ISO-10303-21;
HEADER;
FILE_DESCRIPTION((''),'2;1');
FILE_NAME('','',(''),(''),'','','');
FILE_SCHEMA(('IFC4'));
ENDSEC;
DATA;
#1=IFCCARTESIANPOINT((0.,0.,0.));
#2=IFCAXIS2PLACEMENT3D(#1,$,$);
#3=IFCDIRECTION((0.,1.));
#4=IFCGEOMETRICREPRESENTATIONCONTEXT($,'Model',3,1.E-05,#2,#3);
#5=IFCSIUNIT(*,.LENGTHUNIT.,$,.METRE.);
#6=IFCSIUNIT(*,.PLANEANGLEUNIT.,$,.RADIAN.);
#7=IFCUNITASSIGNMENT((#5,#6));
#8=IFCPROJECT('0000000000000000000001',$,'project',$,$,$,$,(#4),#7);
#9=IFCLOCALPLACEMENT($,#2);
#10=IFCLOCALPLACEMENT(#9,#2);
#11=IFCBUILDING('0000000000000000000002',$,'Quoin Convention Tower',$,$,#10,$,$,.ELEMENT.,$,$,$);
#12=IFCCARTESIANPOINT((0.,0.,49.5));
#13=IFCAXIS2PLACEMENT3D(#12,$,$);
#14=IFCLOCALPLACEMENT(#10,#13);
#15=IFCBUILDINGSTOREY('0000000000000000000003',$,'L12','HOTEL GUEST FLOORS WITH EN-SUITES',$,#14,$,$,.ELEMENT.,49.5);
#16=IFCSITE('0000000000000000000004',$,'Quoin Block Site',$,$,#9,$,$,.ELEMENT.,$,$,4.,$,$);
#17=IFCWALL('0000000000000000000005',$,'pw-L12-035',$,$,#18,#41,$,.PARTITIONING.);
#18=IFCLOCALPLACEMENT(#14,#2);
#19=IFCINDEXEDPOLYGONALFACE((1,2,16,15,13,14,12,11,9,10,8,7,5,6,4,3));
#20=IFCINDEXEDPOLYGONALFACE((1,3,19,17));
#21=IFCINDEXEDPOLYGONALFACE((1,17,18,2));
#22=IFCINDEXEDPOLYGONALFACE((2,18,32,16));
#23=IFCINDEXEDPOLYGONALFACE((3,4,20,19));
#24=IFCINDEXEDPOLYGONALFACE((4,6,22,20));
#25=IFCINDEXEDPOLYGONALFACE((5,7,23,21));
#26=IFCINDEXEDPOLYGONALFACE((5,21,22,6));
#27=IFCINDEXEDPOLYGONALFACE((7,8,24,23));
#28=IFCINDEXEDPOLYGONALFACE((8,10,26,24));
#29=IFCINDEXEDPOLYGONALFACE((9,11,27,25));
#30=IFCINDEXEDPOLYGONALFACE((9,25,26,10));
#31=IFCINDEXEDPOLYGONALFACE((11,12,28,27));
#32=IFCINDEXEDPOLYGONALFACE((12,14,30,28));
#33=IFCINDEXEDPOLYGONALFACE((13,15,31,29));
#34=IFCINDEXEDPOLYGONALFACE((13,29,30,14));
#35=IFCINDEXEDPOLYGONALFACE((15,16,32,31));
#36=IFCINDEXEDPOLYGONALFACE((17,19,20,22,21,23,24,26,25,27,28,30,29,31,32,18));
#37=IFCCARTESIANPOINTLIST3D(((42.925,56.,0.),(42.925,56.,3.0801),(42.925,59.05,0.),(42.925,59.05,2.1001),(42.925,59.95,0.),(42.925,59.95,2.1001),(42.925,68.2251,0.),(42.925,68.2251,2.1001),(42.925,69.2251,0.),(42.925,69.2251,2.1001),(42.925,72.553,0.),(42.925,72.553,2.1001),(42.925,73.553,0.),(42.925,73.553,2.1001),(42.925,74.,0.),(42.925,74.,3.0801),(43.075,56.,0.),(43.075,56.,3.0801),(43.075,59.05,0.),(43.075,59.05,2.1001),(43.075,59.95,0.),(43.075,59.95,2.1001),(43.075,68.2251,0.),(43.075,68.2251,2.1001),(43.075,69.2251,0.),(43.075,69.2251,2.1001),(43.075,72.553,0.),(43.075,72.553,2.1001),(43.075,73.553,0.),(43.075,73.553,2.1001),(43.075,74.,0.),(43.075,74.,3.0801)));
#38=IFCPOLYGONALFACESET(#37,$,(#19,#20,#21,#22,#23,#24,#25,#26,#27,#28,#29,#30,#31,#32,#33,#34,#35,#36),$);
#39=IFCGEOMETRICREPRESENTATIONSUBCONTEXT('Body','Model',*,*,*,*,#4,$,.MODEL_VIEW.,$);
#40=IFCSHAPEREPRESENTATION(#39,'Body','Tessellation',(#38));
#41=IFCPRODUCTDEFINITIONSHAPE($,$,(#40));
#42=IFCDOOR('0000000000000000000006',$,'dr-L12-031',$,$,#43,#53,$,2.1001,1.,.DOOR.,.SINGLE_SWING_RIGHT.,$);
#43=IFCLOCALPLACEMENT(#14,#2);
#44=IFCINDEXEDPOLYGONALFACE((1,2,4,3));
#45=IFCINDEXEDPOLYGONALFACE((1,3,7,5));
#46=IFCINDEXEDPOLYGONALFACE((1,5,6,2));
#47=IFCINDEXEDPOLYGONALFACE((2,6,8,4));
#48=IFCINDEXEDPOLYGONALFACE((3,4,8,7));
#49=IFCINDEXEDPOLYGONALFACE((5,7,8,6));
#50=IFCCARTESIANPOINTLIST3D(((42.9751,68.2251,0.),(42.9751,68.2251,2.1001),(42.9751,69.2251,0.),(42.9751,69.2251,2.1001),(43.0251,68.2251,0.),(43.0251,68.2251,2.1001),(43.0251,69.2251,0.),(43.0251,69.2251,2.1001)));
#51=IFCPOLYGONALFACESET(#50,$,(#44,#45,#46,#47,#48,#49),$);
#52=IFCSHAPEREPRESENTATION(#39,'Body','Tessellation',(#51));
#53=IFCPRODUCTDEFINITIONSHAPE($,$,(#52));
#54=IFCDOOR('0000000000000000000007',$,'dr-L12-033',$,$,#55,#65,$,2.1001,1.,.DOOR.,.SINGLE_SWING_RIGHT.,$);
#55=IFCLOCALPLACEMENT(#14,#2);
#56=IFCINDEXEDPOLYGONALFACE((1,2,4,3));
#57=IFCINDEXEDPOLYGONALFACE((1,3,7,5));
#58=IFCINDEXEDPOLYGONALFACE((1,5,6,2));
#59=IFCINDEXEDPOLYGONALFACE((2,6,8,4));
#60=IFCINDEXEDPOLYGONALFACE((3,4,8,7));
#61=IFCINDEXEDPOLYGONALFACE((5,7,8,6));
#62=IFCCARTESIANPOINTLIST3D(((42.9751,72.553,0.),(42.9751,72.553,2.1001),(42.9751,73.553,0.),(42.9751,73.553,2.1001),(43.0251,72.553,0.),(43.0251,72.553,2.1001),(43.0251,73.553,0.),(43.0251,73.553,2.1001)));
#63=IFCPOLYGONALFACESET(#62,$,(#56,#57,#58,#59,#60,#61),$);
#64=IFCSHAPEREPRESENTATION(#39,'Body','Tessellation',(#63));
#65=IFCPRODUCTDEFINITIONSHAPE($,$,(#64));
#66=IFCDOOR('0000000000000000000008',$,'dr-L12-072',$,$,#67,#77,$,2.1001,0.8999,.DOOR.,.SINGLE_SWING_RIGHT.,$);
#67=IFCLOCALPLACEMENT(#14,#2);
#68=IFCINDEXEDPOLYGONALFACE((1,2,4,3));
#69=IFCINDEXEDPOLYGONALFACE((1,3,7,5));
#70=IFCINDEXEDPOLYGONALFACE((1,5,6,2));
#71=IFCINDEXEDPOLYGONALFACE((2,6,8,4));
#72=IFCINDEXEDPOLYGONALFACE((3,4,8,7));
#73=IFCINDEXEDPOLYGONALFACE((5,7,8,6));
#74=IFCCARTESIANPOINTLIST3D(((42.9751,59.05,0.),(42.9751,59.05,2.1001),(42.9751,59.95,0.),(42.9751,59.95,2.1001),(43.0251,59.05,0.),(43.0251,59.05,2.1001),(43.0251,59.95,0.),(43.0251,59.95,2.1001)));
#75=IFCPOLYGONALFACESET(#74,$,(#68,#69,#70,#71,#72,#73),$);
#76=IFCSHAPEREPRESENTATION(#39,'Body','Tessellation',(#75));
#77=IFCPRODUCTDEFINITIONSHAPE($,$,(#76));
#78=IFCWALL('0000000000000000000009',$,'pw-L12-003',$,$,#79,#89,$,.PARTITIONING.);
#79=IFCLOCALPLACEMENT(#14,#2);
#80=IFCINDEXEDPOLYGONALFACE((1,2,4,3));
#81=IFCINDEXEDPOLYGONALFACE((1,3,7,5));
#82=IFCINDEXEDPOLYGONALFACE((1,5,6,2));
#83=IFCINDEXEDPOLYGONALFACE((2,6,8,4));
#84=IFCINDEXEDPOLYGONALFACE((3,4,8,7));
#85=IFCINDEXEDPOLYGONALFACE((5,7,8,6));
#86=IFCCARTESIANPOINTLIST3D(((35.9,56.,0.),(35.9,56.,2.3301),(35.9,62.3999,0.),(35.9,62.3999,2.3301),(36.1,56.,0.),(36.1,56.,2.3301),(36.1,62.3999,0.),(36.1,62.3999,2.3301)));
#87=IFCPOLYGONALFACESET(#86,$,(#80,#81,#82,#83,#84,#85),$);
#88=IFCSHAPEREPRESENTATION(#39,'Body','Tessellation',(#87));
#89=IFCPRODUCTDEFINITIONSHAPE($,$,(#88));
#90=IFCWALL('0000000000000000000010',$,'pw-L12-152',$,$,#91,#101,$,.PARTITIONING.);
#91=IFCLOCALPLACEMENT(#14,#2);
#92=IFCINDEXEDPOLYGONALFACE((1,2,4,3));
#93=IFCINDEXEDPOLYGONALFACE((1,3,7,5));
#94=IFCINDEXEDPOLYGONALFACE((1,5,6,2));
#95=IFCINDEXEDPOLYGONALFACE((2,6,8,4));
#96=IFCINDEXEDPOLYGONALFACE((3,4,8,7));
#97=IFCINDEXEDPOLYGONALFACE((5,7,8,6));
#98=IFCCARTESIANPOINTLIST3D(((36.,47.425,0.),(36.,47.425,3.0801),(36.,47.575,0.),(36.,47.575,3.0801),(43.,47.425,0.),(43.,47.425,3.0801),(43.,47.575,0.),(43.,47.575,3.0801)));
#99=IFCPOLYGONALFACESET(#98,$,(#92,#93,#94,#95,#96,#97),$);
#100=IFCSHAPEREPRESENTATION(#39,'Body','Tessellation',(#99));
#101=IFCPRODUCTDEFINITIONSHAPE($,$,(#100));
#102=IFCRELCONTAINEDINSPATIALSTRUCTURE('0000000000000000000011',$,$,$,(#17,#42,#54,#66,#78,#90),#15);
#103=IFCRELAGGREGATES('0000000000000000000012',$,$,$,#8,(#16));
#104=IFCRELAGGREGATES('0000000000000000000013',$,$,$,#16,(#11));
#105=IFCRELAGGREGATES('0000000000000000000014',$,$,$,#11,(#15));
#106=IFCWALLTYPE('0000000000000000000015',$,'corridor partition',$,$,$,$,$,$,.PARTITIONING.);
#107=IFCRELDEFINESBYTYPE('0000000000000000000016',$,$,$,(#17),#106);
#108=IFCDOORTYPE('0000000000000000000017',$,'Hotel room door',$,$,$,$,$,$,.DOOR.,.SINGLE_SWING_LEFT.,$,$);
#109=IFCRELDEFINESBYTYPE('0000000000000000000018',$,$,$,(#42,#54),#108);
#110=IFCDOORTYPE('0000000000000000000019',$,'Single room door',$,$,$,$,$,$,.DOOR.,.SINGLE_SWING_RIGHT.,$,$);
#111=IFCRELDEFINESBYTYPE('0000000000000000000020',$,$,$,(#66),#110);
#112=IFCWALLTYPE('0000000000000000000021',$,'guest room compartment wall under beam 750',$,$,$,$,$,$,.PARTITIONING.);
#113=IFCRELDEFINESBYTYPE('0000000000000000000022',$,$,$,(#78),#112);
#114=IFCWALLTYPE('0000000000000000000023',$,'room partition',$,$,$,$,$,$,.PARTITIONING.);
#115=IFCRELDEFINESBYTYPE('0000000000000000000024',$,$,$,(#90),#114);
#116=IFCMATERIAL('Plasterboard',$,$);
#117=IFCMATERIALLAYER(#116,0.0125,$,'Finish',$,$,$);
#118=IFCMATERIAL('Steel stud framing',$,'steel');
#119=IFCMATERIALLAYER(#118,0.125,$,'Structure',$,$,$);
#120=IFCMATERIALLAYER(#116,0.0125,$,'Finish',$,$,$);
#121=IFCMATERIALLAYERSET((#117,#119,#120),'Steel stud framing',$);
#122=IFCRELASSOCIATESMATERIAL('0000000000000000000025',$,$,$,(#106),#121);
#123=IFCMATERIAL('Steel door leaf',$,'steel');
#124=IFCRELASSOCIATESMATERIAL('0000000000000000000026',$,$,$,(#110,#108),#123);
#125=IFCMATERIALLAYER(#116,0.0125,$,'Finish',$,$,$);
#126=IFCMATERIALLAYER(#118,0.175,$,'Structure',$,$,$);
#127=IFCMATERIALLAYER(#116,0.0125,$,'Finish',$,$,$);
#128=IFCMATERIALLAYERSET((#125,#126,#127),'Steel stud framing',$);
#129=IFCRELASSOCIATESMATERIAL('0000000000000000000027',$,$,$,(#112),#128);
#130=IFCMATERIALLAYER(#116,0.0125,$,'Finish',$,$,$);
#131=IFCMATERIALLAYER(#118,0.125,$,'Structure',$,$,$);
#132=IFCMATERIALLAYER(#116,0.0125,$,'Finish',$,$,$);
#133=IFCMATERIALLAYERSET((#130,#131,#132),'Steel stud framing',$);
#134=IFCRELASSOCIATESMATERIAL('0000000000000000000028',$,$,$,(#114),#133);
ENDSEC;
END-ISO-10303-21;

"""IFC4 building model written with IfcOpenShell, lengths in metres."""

from ifc_helpers import new_model, si_unit, direction, frame, frame_2d, origin, place, context, subcontext, project, spatial, rectangle, extrude, material, layer, layer_set, type_object, element, fill, save


model = new_model("IFC4")

# Units and contexts
model_context = context("Model", 3, precision=1e-05, world=origin(), true_north=direction((0.0, 1.0)))
body_context = subcontext(model_context, "Body", "Model", "MODEL_VIEW")
ifc_project = project(units=[si_unit("LENGTHUNIT", "METRE"), si_unit("PLANEANGLEUNIT", "RADIAN")], contexts=[model_context])

# Site, building, storey
site_placement = place(None, origin())
site = spatial("IfcSite", under=ifc_project, at=site_placement, Name="Quoin Block Site", CompositionType="ELEMENT", RefElevation=4.0)
building_placement = place(site_placement, origin())
building = spatial("IfcBuilding", under=site, at=building_placement, Name="Quoin Convention Tower", CompositionType="ELEMENT")
storey_placement = place(building_placement, frame((0.0, 0.0, 49.5)))
storey = spatial("IfcBuildingStorey", under=building, at=storey_placement, Name="L12", Description="HOTEL GUEST FLOORS WITH EN-SUITES", CompositionType="ELEMENT", Elevation=49.5)

# Shared definitions
ifc_material_1 = material(Name="Plasterboard")
ifc_material_2 = material(Name="Steel stud framing", Category="steel")
ifc_material_3 = material(Name="Steel door leaf", Category="steel")

# Shared definitions
ifc_layer_1 = layer(ifc_material_1, 0.0125, Name="Finish")
ifc_layer_2 = layer(ifc_material_2, 0.125, Name="Structure")
ifc_layer_3 = layer(ifc_material_1, 0.0125, Name="Finish")
ifc_layer_set_1 = layer_set([ifc_layer_1, ifc_layer_2, ifc_layer_3], Name="Steel stud framing")
wall_type_1 = type_object("IfcWallType", Name="corridor partition", PredefinedType="PARTITIONING", material=ifc_layer_set_1)

# Shared definitions
door_type_1 = type_object("IfcDoorType", Name="Single room door", OperationType="SINGLE_SWING_RIGHT", PredefinedType="DOOR", material=ifc_material_3)

# Wall, openings, doors
wall_1_placement = place(storey_placement, frame((43.0, 56.0, 0.0), z_axis=(0.0, 0.0, 1.0), x_axis=(0.0, 1.0, 0.0)))
wall_1 = element("IfcWall", 1, at=wall_1_placement, inside=storey, type_object=wall_type_1, Name="pw-L12-035", PredefinedType="PARTITIONING", context=body_context, shape_type="SweptSolid", body=[
    extrude(rectangle(XDim=18.0, YDim=0.1499, at=frame_2d((9.0, 0.0))), origin(), (0.0, 0.0, 1.0), 3.0801),
])
opening_1_placement = place(wall_1_placement, frame((12.2251, 0.0, 0.0)))
opening_1 = element("IfcOpeningElement", 2, at=opening_1_placement, cuts=wall_1, PredefinedType="OPENING", context=body_context, shape_type="SweptSolid", body=[
    extrude(rectangle(XDim=1.0, YDim=2.1001, at=frame_2d((0.5, 1.05))), frame((0.0, 0.085, 0.0), z_axis=(0.0, -1.0, 0.0), x_axis=(1.0, 0.0, 0.0)), (0.0, 0.0, 1.0), 0.1699),
])
opening_2_placement = place(wall_1_placement, frame((16.553, 0.0, 0.0)))
opening_2 = element("IfcOpeningElement", 3, at=opening_2_placement, cuts=wall_1, PredefinedType="OPENING", context=body_context, shape_type="SweptSolid", body=[
    extrude(rectangle(XDim=1.0, YDim=2.1001, at=frame_2d((0.5, 1.05))), frame((0.0, 0.085, 0.0), z_axis=(0.0, -1.0, 0.0), x_axis=(1.0, 0.0, 0.0)), (0.0, 0.0, 1.0), 0.1699),
])
opening_3_placement = place(wall_1_placement, frame((3.05, 0.0, 0.0)))
opening_3 = element("IfcOpeningElement", 4, at=opening_3_placement, cuts=wall_1, PredefinedType="OPENING", context=body_context, shape_type="SweptSolid", body=[
    extrude(rectangle(XDim=0.8999, YDim=2.1001, at=frame_2d((0.45, 1.05))), frame((0.0, 0.085, 0.0), z_axis=(0.0, -1.0, 0.0), x_axis=(1.0, 0.0, 0.0)), (0.0, 0.0, 1.0), 0.1699),
])
door_type_2 = type_object("IfcDoorType", Name="Hotel room door", OperationType="SINGLE_SWING_LEFT", PredefinedType="DOOR", material=ifc_material_3)
door_1_placement = place(opening_1_placement, origin())
door_1 = element("IfcDoor", 5, at=door_1_placement, inside=storey, type_object=door_type_2, Name="dr-L12-031", OperationType="SINGLE_SWING_RIGHT", OverallHeight=2.1001, OverallWidth=1.0, PredefinedType="DOOR", context=body_context, shape_type="SweptSolid", body=[
    extrude(rectangle(XDim=1.0, YDim=2.1001, at=frame_2d((0.5, 1.05))), frame((0.0, 0.0249, 0.0), z_axis=(0.0, -1.0, 0.0), x_axis=(1.0, 0.0, 0.0)), (0.0, 0.0, 1.0), 0.05),
])
fill(opening_1, door_1)
door_2_placement = place(opening_2_placement, origin())
door_2 = element("IfcDoor", 6, at=door_2_placement, inside=storey, type_object=door_type_2, Name="dr-L12-033", OperationType="SINGLE_SWING_RIGHT", OverallHeight=2.1001, OverallWidth=1.0, PredefinedType="DOOR", context=body_context, shape_type="SweptSolid", body=[
    extrude(rectangle(XDim=1.0, YDim=2.1001, at=frame_2d((0.5, 1.05))), frame((0.0, 0.0249, 0.0), z_axis=(0.0, -1.0, 0.0), x_axis=(1.0, 0.0, 0.0)), (0.0, 0.0, 1.0), 0.05),
])
fill(opening_2, door_2)
door_3_placement = place(opening_3_placement, origin())
door_3 = element("IfcDoor", 7, at=door_3_placement, inside=storey, type_object=door_type_1, Name="dr-L12-072", OperationType="SINGLE_SWING_RIGHT", OverallHeight=2.1001, OverallWidth=0.8999, PredefinedType="DOOR", context=body_context, shape_type="SweptSolid", body=[
    extrude(rectangle(XDim=0.8999, YDim=2.1001, at=frame_2d((0.45, 1.05))), frame((0.0, 0.0249, 0.0), z_axis=(0.0, -1.0, 0.0), x_axis=(1.0, 0.0, 0.0)), (0.0, 0.0, 1.0), 0.05),
])
fill(opening_3, door_3)

# Walls
ifc_layer_4 = layer(ifc_material_1, 0.0125, Name="Finish")
ifc_layer_5 = layer(ifc_material_2, 0.175, Name="Structure")
ifc_layer_6 = layer(ifc_material_1, 0.0125, Name="Finish")
ifc_layer_set_2 = layer_set([ifc_layer_4, ifc_layer_5, ifc_layer_6], Name="Steel stud framing")
wall_type_2 = type_object("IfcWallType", Name="guest room compartment wall under beam 750", PredefinedType="PARTITIONING", material=ifc_layer_set_2)
wall_2_placement = place(storey_placement, frame((36.0, 56.0, 0.0), z_axis=(0.0, 0.0, 1.0), x_axis=(0.0, 1.0, 0.0)))
element("IfcWall", 8, at=wall_2_placement, inside=storey, type_object=wall_type_2, Name="pw-L12-003", PredefinedType="PARTITIONING", context=body_context, shape_type="SweptSolid", body=[
    extrude(rectangle(XDim=6.3999, YDim=0.2, at=frame_2d((3.2, 0.0))), origin(), (0.0, 0.0, 1.0), 2.3301),
])
ifc_layer_7 = layer(ifc_material_1, 0.0125, Name="Finish")
ifc_layer_8 = layer(ifc_material_2, 0.125, Name="Structure")
ifc_layer_9 = layer(ifc_material_1, 0.0125, Name="Finish")
ifc_layer_set_3 = layer_set([ifc_layer_7, ifc_layer_8, ifc_layer_9], Name="Steel stud framing")
wall_type_3 = type_object("IfcWallType", Name="room partition", PredefinedType="PARTITIONING", material=ifc_layer_set_3)
wall_3_placement = place(storey_placement, frame((36.0, 47.5, 0.0), z_axis=(0.0, 0.0, 1.0), x_axis=(1.0, 0.0, 0.0)))
element("IfcWall", 9, at=wall_3_placement, inside=storey, type_object=wall_type_3, Name="pw-L12-152", PredefinedType="PARTITIONING", context=body_context, shape_type="SweptSolid", body=[
    extrude(rectangle(XDim=7.0, YDim=0.1499, at=frame_2d((3.5, 0.0))), origin(), (0.0, 0.0, 1.0), 3.0801),
])

save(model, "model.ifc")
